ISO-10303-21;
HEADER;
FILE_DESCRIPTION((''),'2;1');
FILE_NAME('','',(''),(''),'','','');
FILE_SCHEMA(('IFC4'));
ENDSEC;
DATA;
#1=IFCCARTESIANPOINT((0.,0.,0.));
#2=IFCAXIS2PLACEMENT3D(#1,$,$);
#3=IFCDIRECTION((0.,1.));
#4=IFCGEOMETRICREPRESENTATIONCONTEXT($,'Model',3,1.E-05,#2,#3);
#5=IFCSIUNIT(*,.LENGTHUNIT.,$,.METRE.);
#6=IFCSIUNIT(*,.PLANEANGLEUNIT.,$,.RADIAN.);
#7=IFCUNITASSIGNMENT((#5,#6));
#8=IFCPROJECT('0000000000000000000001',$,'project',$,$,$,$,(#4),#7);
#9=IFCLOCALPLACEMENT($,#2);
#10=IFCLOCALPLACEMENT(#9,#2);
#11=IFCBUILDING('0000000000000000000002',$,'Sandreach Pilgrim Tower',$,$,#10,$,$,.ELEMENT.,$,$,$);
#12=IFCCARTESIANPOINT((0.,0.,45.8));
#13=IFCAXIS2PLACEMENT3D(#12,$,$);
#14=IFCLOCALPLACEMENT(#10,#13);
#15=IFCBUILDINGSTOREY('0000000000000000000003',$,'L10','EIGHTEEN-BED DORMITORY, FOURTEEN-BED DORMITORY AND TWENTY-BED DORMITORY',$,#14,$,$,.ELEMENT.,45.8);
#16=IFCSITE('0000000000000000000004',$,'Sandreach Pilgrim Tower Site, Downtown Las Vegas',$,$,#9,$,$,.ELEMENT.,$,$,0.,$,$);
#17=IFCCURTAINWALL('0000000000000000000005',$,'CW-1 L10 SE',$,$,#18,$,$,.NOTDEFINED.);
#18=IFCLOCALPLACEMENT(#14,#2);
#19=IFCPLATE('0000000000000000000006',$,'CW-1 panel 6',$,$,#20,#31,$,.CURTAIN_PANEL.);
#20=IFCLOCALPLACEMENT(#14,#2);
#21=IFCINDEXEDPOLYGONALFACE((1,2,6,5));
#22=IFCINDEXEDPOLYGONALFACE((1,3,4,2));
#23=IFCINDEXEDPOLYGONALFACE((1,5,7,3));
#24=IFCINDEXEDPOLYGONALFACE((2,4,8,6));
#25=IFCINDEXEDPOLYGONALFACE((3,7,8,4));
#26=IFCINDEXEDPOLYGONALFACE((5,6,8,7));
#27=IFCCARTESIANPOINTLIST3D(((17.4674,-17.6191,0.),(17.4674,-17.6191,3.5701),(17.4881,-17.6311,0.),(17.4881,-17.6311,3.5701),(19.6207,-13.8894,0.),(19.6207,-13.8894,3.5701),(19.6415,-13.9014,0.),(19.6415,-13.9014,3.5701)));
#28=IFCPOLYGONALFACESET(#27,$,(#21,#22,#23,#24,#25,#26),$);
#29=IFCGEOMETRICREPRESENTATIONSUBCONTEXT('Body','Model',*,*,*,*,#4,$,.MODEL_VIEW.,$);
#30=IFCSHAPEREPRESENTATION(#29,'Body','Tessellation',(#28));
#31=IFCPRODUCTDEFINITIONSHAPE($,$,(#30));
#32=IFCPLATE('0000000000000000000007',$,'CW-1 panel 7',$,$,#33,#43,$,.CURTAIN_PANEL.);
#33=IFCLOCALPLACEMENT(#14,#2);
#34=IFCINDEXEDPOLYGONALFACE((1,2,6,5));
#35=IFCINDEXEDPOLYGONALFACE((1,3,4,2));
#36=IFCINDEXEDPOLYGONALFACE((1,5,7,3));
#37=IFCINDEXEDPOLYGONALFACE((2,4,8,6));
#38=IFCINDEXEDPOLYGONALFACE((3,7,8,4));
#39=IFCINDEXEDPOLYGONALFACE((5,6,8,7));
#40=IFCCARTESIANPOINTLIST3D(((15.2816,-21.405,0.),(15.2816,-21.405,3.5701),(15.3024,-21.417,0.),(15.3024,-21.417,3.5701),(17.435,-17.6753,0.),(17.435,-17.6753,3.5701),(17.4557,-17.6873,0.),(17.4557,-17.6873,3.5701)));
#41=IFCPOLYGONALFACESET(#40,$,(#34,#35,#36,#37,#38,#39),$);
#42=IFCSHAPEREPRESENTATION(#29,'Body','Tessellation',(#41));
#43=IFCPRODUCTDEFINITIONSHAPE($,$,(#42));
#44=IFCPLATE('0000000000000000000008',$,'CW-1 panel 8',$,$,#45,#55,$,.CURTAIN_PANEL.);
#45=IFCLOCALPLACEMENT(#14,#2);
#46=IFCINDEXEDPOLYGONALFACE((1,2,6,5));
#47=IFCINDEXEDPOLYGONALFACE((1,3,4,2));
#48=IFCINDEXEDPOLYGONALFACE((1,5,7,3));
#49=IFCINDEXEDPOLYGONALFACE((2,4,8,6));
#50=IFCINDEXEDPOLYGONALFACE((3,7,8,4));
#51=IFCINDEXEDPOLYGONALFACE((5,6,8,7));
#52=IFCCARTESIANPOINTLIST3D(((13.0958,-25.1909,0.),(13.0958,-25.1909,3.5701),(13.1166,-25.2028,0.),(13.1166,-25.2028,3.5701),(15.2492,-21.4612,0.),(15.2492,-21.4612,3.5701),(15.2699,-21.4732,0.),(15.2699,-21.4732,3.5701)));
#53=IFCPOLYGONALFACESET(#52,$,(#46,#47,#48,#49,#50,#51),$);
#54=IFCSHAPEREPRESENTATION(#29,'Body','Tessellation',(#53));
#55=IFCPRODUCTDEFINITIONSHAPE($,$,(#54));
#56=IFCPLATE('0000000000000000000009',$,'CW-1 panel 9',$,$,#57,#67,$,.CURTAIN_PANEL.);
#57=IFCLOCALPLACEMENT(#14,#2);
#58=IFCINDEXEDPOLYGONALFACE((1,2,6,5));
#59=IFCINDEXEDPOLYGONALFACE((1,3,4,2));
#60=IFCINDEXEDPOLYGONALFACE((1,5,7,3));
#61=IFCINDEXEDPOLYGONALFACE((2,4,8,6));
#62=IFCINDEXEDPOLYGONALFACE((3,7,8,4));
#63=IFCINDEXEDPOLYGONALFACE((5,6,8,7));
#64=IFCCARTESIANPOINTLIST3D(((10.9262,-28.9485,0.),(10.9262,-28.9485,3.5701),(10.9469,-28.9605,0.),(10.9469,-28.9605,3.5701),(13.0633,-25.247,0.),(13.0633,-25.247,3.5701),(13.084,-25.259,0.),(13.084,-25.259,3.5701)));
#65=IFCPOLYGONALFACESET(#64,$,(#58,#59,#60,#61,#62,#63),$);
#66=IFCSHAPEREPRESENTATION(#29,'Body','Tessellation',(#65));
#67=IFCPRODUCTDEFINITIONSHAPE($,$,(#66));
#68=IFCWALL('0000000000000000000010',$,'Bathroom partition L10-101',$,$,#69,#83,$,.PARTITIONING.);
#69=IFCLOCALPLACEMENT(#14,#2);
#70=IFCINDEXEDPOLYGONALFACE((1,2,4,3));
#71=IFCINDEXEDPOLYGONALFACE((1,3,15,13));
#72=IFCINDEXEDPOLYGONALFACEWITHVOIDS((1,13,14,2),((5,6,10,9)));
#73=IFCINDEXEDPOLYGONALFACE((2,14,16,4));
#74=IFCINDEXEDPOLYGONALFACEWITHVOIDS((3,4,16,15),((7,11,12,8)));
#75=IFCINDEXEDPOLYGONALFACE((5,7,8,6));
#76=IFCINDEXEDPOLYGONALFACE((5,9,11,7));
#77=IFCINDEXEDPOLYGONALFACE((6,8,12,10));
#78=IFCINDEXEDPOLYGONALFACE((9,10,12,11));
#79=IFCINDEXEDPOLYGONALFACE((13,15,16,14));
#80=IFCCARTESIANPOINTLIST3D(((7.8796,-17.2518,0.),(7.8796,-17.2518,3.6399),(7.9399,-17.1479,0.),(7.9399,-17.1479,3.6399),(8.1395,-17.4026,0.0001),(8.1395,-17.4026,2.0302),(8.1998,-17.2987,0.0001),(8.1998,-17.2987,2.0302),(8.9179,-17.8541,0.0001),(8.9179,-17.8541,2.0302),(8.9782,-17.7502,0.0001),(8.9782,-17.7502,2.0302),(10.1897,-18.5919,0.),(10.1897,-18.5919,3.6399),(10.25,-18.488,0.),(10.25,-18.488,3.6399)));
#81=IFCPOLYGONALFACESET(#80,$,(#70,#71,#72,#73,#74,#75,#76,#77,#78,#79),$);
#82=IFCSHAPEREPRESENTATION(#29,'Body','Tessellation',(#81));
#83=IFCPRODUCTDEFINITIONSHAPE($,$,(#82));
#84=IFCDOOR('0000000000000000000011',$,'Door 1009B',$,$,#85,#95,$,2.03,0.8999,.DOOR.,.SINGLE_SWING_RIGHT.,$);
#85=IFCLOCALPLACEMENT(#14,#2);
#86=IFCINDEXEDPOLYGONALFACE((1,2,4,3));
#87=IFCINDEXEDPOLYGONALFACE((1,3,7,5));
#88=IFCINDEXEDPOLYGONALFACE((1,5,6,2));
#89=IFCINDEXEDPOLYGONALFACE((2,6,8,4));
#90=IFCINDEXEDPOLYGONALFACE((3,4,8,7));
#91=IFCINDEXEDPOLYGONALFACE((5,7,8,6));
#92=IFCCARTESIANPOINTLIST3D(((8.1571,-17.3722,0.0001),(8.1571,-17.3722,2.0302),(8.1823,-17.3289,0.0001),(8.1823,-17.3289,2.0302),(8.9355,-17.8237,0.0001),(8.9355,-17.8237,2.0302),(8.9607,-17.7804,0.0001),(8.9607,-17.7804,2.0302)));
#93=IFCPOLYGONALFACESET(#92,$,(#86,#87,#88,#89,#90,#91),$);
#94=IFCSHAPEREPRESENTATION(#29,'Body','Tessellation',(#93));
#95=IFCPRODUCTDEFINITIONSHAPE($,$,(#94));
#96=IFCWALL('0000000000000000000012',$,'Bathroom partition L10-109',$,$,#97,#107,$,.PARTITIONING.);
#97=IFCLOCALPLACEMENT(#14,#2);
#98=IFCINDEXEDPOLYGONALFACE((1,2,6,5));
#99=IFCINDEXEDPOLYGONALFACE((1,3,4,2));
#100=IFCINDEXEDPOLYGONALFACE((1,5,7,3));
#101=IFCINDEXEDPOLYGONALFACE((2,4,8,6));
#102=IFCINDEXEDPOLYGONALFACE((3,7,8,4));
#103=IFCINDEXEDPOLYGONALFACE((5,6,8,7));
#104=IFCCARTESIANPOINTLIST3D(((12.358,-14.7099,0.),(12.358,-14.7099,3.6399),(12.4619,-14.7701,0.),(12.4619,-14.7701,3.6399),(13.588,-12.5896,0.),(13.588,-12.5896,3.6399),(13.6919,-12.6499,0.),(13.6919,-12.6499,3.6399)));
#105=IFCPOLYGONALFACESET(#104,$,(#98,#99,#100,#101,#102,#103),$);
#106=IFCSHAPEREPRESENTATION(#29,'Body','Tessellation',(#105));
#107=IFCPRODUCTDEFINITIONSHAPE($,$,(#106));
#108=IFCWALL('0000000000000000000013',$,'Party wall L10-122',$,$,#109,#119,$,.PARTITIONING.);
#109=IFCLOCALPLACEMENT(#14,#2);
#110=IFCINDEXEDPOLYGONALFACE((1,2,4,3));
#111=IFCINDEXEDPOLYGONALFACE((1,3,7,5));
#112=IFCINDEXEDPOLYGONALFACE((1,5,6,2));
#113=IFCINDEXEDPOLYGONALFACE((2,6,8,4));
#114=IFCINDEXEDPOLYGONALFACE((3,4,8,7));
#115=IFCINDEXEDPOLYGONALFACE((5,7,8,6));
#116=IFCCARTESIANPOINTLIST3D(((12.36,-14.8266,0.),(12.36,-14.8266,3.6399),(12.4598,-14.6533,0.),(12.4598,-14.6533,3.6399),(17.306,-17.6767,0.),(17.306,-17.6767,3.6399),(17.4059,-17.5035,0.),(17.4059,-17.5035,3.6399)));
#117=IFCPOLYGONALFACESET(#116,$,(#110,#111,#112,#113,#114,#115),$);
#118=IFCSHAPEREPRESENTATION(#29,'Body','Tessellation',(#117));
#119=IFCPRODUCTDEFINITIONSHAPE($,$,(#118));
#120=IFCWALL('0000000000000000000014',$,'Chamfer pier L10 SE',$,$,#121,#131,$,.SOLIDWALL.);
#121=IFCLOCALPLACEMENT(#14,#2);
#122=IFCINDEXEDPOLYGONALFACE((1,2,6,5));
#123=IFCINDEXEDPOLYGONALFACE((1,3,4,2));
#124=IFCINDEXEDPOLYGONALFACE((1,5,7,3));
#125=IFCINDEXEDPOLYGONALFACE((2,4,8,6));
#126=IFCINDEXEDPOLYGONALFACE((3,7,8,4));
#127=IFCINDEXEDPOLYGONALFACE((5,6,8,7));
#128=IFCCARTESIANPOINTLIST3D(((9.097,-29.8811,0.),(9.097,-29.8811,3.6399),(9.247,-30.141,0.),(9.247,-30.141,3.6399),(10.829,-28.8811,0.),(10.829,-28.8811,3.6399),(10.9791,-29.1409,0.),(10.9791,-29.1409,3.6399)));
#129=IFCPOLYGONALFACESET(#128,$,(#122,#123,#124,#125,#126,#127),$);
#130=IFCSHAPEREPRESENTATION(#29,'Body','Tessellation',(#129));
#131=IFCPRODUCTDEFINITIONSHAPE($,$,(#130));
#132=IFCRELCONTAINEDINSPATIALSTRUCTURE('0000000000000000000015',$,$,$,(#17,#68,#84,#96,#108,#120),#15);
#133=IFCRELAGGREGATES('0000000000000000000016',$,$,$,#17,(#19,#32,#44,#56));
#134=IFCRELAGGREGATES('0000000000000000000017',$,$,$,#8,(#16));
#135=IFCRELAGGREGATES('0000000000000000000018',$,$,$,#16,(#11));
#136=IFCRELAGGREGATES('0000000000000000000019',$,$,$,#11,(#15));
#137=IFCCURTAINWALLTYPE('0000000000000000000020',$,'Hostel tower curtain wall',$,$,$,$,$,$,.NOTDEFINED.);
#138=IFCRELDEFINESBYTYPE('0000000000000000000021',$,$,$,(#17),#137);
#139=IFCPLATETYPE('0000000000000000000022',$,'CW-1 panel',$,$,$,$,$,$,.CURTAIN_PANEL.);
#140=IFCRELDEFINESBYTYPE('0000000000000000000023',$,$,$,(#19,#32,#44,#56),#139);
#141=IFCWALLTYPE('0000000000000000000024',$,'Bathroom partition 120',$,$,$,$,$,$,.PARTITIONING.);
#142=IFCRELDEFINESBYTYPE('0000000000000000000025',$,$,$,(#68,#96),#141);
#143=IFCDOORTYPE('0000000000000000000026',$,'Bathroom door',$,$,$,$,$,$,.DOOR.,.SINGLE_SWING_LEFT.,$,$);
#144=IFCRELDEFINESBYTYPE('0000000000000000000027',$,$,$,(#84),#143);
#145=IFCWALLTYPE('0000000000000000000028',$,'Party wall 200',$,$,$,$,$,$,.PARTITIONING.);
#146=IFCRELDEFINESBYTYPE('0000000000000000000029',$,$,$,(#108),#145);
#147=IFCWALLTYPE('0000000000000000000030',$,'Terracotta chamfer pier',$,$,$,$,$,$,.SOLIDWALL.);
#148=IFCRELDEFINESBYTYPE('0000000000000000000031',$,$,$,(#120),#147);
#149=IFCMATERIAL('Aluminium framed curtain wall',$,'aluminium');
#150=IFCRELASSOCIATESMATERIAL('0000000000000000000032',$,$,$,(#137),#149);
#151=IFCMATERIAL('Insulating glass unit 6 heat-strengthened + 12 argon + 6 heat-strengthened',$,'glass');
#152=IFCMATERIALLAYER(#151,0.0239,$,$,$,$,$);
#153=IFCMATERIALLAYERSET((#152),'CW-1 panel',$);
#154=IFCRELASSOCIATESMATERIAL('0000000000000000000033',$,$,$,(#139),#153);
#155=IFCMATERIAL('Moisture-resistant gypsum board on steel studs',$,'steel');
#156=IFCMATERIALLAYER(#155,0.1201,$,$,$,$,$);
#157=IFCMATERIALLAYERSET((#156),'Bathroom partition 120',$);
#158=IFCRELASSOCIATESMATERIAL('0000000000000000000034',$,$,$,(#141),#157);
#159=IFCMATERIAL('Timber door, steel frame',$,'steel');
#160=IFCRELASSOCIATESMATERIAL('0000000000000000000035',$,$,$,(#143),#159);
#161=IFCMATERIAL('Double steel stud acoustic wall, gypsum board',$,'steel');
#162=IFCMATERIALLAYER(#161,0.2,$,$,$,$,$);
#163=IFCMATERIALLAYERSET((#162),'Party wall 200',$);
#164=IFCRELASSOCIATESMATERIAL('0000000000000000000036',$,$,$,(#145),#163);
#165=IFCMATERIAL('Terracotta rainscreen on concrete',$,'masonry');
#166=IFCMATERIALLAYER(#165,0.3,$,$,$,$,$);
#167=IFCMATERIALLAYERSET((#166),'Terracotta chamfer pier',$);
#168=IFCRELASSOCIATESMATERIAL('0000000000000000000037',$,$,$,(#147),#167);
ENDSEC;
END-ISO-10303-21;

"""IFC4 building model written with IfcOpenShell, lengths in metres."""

from ifc_helpers import new_model, si_unit, direction, frame, frame_2d, origin, origin_2d, place, context, subcontext, project, spatial, rectangle, extrude, material, layer, layer_set, type_object, element, fill, aggregate, save


model = new_model("IFC4")

# Units and contexts
model_context = context("Model", 3, precision=1e-05, world=origin(), true_north=direction((0.0, 1.0)))
body_context = subcontext(model_context, "Body", "Model", "MODEL_VIEW")
ifc_project = project(units=[si_unit("LENGTHUNIT", "METRE"), si_unit("PLANEANGLEUNIT", "RADIAN")], contexts=[model_context])

# Site, building, storey
site_placement = place(None, origin())
site = spatial("IfcSite", under=ifc_project, at=site_placement, Name="Sandreach Pilgrim Tower Site, Downtown Las Vegas", CompositionType="ELEMENT", RefElevation=0.0)
building_placement = place(site_placement, origin())
building = spatial("IfcBuilding", under=site, at=building_placement, Name="Sandreach Pilgrim Tower", CompositionType="ELEMENT")
storey_placement = place(building_placement, frame((0.0, 0.0, 45.8)))
storey = spatial("IfcBuildingStorey", under=building, at=storey_placement, Name="L10", Description="EIGHTEEN-BED DORMITORY, FOURTEEN-BED DORMITORY AND TWENTY-BED DORMITORY", CompositionType="ELEMENT", Elevation=45.8)

# Curtain wall
ifc_material_1 = material(Name="Aluminium framed curtain wall", Category="aluminium")
curtain_wall_type = type_object("IfcCurtainWallType", Name="Hostel tower curtain wall", PredefinedType="NOTDEFINED", material=ifc_material_1)
curtain_wall_1_placement = place(storey_placement, origin())
curtain_wall_1 = element("IfcCurtainWall", 1, at=curtain_wall_1_placement, inside=storey, type_object=curtain_wall_type, Name="CW-1 L10 SE", PredefinedType="NOTDEFINED")

# Plates
ifc_material_2 = material(Name="Insulating glass unit 6 heat-strengthened + 12 argon + 6 heat-strengthened", Category="glass")
ifc_layer_1 = layer(ifc_material_2, 0.0239)
ifc_layer_set_1 = layer_set([ifc_layer_1], Name="CW-1 panel")
plate_type = type_object("IfcPlateType", Name="CW-1 panel", PredefinedType="CURTAIN_PANEL", material=ifc_layer_set_1)
plate_1_placement = place(storey_placement, frame((18.5544, -15.7603, 0.0), z_axis=(0.0, 0.0, 1.0), x_axis=(-0.5, -0.866025, 0.0)))
plate_1 = element("IfcPlate", 2, at=plate_1_placement, type_object=plate_type, Name="CW-1 panel 6", PredefinedType="CURTAIN_PANEL", context=body_context, shape_type="SweptSolid", body=[
    extrude(rectangle(XDim=4.3066, YDim=0.0239, at=origin_2d()), origin(), (0.0, 0.0, 1.0), 3.5701),
])
plate_2_placement = place(storey_placement, frame((16.3687, -19.5461, 0.0), z_axis=(0.0, 0.0, 1.0), x_axis=(-0.5, -0.866025, 0.0)))
plate_2 = element("IfcPlate", 3, at=plate_2_placement, type_object=plate_type, Name="CW-1 panel 7", PredefinedType="CURTAIN_PANEL", context=body_context, shape_type="SweptSolid", body=[
    extrude(rectangle(XDim=4.3066, YDim=0.0239, at=origin_2d()), origin(), (0.0, 0.0, 1.0), 3.5701),
])
plate_3_placement = place(storey_placement, frame((14.1829, -23.332, 0.0), z_axis=(0.0, 0.0, 1.0), x_axis=(-0.5, -0.866025, 0.0)))
plate_3 = element("IfcPlate", 4, at=plate_3_placement, type_object=plate_type, Name="CW-1 panel 8", PredefinedType="CURTAIN_PANEL", context=body_context, shape_type="SweptSolid", body=[
    extrude(rectangle(XDim=4.3066, YDim=0.0239, at=origin_2d()), origin(), (0.0, 0.0, 1.0), 3.5701),
])
plate_4_placement = place(storey_placement, frame((12.0051, -27.1038, 0.0), z_axis=(0.0, 0.0, 1.0), x_axis=(-0.5, -0.866025, 0.0)))
plate_4 = element("IfcPlate", 5, at=plate_4_placement, type_object=plate_type, Name="CW-1 panel 9", PredefinedType="CURTAIN_PANEL", context=body_context, shape_type="SweptSolid", body=[
    extrude(rectangle(XDim=4.2742, YDim=0.0239, at=origin_2d()), origin(), (0.0, 0.0, 1.0), 3.5701),
])
aggregate(curtain_wall_1, [plate_1, plate_2, plate_3, plate_4])

# Wall, opening, door
ifc_material_3 = material(Name="Moisture-resistant gypsum board on steel studs", Category="steel")
ifc_layer_2 = layer(ifc_material_3, 0.1201)
ifc_layer_set_2 = layer_set([ifc_layer_2], Name="Bathroom partition 120")
wall_type_1 = type_object("IfcWallType", Name="Bathroom partition 120", PredefinedType="PARTITIONING", material=ifc_layer_set_2)
wall_1_placement = place(storey_placement, frame((10.22, -18.54, 0.0), z_axis=(0.0, 0.0, 1.0), x_axis=(-0.86499, 0.501789, 0.0)))
wall_1 = element("IfcWall", 6, at=wall_1_placement, inside=storey, type_object=wall_type_1, Name="Bathroom partition L10-101", PredefinedType="PARTITIONING", context=body_context, shape_type="SweptSolid", body=[
    extrude(rectangle(XDim=2.6707, YDim=0.1201, at=frame_2d((1.3354, 0.0))), origin(), (0.0, 0.0, 1.0), 3.6399),
])
opening_placement = place(wall_1_placement, frame((1.4705, 0.0, 0.0)))
opening = element("IfcOpeningElement", 7, at=opening_placement, cuts=wall_1, PredefinedType="OPENING", context=body_context, shape_type="SweptSolid", body=[
    extrude(rectangle(XDim=0.8999, YDim=2.03, at=frame_2d((0.45, 1.0151))), frame((0.0, 0.0601, 0.0), z_axis=(0.0, -1.0, 0.0), x_axis=(1.0, 0.0, 0.0)), (0.0, 0.0, 1.0), 0.1201),
])
ifc_material_4 = material(Name="Timber door, steel frame", Category="steel")
door_type = type_object("IfcDoorType", Name="Bathroom door", OperationType="SINGLE_SWING_LEFT", PredefinedType="DOOR", material=ifc_material_4)
door_placement = place(opening_placement, origin())
door = element("IfcDoor", 8, at=door_placement, inside=storey, type_object=door_type, Name="Door 1009B", OperationType="SINGLE_SWING_RIGHT", OverallHeight=2.03, OverallWidth=0.8999, PredefinedType="DOOR", context=body_context, shape_type="SweptSolid", body=[
    extrude(rectangle(XDim=0.8999, YDim=2.03, at=frame_2d((0.45, 1.0151))), frame((0.0, 0.0249, 0.0), z_axis=(0.0, -1.0, 0.0), x_axis=(1.0, 0.0, 0.0)), (0.0, 0.0, 1.0), 0.05),
])
fill(opening, door)

# Walls
wall_2_placement = place(storey_placement, frame((12.4099, -14.74, 0.0), z_axis=(0.0, 0.0, 1.0), x_axis=(0.501813, 0.864976, 0.0)))
element("IfcWall", 9, at=wall_2_placement, inside=storey, type_object=wall_type_1, Name="Bathroom partition L10-109", PredefinedType="PARTITIONING", context=body_context, shape_type="SweptSolid", body=[
    extrude(rectangle(XDim=2.4512, YDim=0.1201, at=frame_2d((1.2256, 0.0))), origin(), (0.0, 0.0, 1.0), 3.6399),
])
ifc_material_5 = material(Name="Double steel stud acoustic wall, gypsum board", Category="steel")
ifc_layer_3 = layer(ifc_material_5, 0.2)
ifc_layer_set_3 = layer_set([ifc_layer_3], Name="Party wall 200")
wall_type_2 = type_object("IfcWallType", Name="Party wall 200", PredefinedType="PARTITIONING", material=ifc_layer_set_3)
wall_3_placement = place(storey_placement, frame((17.356, -17.5901, 0.0), z_axis=(0.0, 0.0, 1.0), x_axis=(-0.866443, 0.499277, 0.0)))
element("IfcWall", 10, at=wall_3_placement, inside=storey, type_object=wall_type_2, Name="Party wall L10-122", PredefinedType="PARTITIONING", context=body_context, shape_type="SweptSolid", body=[
    extrude(rectangle(XDim=5.7085, YDim=0.2, at=frame_2d((2.8542, 0.0))), origin(), (0.0, 0.0, 1.0), 3.6399),
])
ifc_material_6 = material(Name="Terracotta rainscreen on concrete", Category="masonry")
ifc_layer_4 = layer(ifc_material_6, 0.3)
ifc_layer_set_4 = layer_set([ifc_layer_4], Name="Terracotta chamfer pier")
wall_type_3 = type_object("IfcWallType", Name="Terracotta chamfer pier", PredefinedType="SOLIDWALL", material=ifc_layer_set_4)
wall_4_placement = place(storey_placement, frame((10.9041, -29.011, 0.0), z_axis=(0.0, 0.0, 1.0), x_axis=(-0.866011, -0.500025, 0.0)))
element("IfcWall", 11, at=wall_4_placement, inside=storey, type_object=wall_type_3, Name="Chamfer pier L10 SE", PredefinedType="SOLIDWALL", context=body_context, shape_type="SweptSolid", body=[
    extrude(rectangle(XDim=2.0, YDim=0.3, at=frame_2d((1.0, 0.0))), origin(), (0.0, 0.0, 1.0), 3.6399),
])

save(model, "model.ifc")
